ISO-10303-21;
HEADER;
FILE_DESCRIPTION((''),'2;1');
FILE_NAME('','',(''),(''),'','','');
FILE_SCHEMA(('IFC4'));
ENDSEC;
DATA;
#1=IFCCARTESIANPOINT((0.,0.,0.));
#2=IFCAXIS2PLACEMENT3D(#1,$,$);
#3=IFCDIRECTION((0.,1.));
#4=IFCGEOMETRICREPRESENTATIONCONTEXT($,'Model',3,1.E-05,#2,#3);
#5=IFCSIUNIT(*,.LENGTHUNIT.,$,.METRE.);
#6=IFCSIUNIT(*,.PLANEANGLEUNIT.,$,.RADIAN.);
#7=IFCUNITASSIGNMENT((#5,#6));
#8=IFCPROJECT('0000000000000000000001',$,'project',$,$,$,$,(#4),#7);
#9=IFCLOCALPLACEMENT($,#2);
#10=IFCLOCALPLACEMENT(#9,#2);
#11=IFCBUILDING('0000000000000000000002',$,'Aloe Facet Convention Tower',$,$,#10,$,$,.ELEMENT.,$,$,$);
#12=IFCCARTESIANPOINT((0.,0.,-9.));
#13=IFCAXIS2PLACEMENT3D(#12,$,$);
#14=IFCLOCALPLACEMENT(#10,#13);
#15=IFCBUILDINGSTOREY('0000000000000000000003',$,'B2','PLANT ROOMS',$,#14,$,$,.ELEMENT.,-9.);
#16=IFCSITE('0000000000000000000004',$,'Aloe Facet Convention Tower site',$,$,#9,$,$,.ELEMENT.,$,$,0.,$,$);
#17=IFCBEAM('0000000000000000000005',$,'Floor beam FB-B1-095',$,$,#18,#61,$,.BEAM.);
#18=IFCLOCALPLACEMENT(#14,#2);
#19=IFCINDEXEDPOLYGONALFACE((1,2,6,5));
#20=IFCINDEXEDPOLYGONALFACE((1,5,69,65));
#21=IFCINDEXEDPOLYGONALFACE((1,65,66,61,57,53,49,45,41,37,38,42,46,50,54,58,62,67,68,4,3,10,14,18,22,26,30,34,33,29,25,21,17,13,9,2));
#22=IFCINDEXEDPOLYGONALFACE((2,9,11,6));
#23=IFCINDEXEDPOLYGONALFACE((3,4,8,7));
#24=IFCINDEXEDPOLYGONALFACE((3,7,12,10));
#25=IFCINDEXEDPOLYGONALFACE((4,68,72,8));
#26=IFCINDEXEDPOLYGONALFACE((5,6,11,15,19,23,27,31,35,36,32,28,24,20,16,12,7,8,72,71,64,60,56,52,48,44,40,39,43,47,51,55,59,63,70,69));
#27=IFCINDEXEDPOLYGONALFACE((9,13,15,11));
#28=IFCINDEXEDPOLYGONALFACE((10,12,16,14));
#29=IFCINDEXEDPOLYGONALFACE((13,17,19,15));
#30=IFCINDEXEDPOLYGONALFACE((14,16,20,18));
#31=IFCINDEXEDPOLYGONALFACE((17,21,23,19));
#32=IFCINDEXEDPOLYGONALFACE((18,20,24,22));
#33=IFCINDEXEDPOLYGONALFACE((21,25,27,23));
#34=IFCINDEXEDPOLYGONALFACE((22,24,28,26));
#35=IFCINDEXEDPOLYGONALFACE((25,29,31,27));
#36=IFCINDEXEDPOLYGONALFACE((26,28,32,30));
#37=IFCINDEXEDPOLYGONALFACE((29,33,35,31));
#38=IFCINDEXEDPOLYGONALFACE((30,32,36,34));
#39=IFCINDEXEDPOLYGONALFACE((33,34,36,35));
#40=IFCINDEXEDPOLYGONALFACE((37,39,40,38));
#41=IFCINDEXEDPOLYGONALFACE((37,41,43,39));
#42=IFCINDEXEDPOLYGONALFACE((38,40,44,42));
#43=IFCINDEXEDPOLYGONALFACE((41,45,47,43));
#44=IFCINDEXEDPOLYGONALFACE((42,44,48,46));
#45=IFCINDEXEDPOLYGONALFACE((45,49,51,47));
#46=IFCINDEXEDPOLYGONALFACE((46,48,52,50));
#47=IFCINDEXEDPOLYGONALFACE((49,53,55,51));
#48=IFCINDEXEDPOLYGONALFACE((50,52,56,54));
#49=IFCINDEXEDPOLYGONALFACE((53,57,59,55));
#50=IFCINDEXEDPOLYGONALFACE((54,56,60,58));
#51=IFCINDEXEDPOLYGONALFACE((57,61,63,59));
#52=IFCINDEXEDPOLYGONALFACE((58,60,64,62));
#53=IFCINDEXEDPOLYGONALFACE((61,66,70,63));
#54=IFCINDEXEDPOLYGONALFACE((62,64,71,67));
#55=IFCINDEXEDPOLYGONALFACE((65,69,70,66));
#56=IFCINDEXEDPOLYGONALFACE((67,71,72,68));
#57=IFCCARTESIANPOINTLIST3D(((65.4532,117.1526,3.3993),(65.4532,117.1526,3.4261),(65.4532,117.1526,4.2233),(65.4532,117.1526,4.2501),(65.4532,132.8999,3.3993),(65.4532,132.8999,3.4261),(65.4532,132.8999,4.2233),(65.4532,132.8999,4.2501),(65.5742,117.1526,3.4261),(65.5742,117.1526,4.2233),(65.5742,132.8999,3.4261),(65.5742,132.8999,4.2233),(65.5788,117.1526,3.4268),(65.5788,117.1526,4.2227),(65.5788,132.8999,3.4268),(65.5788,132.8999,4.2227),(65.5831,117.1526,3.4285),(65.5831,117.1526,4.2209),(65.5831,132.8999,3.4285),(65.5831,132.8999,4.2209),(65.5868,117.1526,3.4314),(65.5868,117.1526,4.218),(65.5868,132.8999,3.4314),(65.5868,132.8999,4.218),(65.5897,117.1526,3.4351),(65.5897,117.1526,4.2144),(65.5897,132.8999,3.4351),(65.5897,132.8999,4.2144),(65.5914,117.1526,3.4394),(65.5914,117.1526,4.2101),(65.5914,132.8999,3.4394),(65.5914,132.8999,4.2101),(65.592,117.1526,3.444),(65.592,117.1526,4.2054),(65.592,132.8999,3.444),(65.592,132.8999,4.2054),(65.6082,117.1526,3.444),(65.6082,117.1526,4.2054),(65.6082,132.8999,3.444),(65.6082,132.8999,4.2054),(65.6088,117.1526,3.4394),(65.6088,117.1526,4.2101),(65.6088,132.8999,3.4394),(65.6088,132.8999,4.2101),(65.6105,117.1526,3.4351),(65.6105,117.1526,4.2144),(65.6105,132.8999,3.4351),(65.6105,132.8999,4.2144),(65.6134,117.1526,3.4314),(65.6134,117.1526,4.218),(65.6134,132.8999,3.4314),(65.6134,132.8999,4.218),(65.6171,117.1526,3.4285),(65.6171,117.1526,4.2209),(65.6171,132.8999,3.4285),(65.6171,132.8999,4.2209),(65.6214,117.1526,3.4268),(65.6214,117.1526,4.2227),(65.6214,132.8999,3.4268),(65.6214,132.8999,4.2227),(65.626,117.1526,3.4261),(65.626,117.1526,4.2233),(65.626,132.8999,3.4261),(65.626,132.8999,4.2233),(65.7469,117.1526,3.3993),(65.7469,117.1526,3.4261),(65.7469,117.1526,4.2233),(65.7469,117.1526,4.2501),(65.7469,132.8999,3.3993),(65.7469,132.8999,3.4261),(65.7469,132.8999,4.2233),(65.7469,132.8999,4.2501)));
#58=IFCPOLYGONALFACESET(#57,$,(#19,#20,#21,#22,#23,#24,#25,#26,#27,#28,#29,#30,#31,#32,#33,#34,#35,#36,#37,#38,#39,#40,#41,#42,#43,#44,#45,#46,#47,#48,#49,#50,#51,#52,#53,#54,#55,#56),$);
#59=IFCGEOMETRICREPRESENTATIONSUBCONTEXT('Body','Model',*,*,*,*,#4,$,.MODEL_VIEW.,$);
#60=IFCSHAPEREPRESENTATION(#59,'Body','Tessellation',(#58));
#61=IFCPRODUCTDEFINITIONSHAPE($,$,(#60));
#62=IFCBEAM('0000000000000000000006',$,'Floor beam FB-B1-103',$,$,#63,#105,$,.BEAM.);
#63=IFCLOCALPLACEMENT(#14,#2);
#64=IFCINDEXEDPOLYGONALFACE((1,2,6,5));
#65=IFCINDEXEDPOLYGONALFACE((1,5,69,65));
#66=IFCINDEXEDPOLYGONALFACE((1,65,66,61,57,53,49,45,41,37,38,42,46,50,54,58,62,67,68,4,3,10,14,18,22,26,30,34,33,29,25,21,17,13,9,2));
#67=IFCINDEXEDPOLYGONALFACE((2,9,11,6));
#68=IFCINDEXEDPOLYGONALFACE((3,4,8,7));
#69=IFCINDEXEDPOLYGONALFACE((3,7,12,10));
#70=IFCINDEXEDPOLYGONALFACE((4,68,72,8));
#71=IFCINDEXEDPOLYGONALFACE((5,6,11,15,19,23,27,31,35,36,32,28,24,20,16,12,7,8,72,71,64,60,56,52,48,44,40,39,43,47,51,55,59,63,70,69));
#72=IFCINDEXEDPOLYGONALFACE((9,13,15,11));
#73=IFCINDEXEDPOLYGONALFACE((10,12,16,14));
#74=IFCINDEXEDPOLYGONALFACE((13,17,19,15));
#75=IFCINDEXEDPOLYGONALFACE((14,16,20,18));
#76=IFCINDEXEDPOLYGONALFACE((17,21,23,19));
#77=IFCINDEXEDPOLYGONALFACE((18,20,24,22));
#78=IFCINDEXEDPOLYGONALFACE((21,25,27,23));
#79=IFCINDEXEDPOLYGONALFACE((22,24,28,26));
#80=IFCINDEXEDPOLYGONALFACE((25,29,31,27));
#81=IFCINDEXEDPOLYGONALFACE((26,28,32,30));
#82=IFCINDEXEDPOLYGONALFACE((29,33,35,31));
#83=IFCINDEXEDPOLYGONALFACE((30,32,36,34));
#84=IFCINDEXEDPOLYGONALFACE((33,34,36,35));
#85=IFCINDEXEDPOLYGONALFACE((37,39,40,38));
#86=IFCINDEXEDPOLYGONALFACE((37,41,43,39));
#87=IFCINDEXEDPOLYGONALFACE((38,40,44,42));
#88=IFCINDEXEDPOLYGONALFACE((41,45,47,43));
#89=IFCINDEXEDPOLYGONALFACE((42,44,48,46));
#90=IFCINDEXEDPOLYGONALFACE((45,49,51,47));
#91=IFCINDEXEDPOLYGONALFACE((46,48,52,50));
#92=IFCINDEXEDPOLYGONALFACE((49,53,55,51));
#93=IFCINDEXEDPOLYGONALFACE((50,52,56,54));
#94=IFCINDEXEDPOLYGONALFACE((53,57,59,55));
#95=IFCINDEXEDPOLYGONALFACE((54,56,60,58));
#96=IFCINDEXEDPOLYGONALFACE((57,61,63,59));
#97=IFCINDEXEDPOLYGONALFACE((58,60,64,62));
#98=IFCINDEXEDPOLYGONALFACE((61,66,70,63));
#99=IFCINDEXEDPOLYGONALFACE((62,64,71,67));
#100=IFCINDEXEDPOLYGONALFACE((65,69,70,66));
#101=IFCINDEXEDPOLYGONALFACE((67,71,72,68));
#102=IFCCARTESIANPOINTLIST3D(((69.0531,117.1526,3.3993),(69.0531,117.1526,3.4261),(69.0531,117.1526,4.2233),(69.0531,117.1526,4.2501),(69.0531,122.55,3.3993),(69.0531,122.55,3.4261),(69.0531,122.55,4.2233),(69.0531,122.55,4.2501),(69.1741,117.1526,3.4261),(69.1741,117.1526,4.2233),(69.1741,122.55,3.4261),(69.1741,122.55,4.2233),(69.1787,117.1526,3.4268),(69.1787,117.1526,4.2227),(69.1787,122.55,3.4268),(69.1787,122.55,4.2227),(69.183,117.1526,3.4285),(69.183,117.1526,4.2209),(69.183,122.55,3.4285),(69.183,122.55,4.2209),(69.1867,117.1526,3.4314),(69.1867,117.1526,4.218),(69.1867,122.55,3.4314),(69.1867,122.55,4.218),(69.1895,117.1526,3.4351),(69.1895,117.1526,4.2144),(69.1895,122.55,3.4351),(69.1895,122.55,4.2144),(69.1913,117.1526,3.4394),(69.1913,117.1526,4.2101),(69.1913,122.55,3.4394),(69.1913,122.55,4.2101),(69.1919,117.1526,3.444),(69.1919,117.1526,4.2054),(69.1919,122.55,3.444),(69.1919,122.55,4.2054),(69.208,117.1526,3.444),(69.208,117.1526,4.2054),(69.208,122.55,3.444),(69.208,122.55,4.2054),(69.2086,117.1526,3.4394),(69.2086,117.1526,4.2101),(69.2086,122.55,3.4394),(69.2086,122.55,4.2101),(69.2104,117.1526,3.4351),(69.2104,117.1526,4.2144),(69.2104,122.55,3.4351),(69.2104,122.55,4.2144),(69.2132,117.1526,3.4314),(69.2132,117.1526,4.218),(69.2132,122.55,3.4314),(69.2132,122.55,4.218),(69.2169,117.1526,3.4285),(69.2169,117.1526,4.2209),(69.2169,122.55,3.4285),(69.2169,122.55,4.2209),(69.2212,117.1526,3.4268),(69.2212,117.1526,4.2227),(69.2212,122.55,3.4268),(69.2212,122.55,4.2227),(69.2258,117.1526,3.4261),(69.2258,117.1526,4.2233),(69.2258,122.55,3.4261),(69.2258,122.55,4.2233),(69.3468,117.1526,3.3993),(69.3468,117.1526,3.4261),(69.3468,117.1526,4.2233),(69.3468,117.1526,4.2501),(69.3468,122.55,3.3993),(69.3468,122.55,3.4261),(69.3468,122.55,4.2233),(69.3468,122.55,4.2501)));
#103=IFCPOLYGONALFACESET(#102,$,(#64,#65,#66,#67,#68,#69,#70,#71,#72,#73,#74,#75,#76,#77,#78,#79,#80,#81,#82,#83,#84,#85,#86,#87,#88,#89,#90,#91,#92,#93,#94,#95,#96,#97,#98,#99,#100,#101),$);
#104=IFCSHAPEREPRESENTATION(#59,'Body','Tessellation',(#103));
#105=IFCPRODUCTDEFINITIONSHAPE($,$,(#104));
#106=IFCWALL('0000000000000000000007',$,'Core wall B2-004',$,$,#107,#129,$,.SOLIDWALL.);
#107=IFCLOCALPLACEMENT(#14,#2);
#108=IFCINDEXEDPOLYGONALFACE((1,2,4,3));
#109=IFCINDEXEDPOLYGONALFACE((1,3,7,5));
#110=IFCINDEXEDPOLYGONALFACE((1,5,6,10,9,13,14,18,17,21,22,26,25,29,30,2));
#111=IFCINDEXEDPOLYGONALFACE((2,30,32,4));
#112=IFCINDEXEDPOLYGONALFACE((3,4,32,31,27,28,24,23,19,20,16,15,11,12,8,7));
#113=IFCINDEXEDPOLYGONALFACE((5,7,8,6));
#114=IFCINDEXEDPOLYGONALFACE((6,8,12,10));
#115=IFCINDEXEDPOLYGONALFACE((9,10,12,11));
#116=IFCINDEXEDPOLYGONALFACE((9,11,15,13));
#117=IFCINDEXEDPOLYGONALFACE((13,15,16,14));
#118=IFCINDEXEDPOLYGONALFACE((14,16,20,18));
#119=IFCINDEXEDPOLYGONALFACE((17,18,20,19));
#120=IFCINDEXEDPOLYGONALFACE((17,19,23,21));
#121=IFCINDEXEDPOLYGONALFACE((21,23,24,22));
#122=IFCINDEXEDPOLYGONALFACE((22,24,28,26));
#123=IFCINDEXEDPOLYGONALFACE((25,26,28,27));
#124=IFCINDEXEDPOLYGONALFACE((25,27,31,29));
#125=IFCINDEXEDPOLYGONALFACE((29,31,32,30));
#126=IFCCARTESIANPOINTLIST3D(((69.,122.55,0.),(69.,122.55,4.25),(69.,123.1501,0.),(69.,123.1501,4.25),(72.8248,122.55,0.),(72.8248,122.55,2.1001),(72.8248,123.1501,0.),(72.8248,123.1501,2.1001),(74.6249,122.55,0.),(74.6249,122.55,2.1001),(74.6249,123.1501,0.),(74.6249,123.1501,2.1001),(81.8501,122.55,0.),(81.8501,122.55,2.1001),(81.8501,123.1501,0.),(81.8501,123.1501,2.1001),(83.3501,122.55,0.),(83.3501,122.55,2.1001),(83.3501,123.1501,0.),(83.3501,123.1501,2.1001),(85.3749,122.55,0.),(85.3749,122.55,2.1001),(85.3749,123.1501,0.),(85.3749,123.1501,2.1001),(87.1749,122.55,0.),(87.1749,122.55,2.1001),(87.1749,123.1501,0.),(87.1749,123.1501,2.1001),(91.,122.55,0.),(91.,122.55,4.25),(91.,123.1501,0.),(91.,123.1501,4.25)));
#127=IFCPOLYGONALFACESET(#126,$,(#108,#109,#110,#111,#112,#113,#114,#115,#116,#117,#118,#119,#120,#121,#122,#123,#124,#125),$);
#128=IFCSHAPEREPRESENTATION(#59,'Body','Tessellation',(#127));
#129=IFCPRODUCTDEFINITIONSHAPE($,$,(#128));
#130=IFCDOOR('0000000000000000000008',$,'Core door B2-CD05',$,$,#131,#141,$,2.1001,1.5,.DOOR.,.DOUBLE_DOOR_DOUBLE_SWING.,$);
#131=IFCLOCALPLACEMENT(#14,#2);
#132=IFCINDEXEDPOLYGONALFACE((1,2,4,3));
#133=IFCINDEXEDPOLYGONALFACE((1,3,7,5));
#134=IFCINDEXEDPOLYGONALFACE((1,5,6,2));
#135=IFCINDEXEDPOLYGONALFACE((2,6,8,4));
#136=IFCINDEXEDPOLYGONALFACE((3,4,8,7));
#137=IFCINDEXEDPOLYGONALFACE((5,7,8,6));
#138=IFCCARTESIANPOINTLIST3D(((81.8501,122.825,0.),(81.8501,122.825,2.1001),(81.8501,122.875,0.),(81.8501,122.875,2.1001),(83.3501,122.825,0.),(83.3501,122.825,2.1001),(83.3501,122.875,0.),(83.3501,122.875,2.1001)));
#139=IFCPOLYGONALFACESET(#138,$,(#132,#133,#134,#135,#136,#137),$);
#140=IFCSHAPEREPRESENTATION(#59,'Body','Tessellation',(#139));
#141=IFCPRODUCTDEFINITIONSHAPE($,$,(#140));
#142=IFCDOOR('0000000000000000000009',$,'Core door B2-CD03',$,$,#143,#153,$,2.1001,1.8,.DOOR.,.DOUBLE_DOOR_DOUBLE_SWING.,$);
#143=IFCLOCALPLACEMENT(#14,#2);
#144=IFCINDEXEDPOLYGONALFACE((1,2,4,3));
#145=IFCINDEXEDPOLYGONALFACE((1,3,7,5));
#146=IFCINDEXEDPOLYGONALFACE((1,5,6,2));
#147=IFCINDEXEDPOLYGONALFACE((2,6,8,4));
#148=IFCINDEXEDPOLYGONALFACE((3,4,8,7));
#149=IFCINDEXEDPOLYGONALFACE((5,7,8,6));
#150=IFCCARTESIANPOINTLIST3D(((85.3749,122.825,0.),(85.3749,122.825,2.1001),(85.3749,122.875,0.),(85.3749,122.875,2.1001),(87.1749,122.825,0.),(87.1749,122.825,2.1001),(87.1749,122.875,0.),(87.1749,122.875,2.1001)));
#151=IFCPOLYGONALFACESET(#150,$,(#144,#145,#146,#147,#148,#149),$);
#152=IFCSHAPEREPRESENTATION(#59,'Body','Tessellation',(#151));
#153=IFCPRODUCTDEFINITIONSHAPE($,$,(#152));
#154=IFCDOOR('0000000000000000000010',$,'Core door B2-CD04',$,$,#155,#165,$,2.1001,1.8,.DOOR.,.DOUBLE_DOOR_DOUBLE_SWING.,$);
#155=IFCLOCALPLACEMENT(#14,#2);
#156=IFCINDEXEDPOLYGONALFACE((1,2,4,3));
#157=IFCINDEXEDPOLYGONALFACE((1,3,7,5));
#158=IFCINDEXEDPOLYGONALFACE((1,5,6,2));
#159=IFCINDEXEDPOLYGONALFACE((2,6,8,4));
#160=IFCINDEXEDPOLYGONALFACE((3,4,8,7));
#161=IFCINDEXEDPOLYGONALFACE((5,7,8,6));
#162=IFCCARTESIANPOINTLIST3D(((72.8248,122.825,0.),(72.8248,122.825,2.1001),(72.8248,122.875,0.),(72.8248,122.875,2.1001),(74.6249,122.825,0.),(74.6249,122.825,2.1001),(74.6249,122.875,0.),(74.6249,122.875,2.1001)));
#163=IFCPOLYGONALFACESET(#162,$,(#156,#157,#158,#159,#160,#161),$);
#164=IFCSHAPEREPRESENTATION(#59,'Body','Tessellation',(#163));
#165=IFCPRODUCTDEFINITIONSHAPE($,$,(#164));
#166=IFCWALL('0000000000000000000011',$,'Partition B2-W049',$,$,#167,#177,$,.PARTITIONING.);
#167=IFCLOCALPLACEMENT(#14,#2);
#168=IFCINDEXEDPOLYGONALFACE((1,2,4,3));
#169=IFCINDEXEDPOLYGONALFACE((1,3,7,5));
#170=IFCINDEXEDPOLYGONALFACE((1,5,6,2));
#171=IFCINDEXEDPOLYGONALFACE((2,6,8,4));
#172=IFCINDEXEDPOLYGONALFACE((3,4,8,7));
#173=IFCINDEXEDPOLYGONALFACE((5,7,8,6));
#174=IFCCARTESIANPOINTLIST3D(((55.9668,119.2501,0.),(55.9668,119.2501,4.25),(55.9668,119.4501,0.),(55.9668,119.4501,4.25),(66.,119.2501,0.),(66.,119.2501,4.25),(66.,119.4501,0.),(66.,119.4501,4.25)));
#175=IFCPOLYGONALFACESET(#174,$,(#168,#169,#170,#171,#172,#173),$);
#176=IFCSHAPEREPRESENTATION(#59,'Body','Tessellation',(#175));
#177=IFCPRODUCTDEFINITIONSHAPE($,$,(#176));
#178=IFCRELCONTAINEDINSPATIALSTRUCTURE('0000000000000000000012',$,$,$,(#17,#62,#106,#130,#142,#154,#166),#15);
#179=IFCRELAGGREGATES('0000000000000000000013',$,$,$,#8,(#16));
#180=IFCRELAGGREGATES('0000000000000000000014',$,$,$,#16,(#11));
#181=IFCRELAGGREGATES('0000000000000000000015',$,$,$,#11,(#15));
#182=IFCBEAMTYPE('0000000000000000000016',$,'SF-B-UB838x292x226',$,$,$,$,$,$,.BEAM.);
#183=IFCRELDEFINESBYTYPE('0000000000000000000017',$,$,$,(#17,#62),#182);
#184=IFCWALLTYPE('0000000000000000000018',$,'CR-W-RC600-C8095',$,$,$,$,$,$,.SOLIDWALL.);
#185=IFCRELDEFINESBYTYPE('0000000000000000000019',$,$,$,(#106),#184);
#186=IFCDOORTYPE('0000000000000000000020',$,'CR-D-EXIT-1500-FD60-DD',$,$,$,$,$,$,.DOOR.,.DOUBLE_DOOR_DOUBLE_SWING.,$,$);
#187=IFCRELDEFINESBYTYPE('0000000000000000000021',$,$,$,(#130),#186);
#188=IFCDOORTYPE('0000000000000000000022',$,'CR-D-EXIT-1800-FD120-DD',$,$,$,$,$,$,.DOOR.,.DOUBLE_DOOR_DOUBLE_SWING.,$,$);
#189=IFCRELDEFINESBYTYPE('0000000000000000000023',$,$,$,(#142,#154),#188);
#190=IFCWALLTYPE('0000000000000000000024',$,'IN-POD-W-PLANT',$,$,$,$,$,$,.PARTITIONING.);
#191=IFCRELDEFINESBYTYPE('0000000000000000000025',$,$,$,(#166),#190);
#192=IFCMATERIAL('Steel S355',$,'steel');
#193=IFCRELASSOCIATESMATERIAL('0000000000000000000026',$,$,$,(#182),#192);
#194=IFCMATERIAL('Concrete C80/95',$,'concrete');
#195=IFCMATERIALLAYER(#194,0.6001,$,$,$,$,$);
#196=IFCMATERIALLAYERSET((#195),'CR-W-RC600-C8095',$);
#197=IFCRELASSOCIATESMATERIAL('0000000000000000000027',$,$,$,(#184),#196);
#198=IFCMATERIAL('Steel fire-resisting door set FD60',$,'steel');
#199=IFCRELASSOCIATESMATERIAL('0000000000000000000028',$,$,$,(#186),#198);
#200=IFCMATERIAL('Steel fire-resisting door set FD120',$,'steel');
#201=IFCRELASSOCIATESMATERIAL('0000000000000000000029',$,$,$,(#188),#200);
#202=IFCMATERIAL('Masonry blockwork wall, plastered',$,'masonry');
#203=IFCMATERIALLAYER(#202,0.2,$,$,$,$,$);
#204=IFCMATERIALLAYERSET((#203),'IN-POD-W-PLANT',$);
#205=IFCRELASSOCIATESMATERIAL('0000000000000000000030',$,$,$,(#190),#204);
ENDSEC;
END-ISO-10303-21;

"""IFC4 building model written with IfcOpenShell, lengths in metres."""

from ifc_helpers import new_model, si_unit, direction, frame, frame_2d, origin, origin_2d, place, context, subcontext, project, spatial, rectangle, i_section, extrude, material, layer, layer_set, material_profile, profile_set, type_object, element, fill, save


model = new_model("IFC4")

# Units and contexts
model_context = context("Model", 3, precision=1e-05, world=origin(), true_north=direction((0.0, 1.0)))
body_context = subcontext(model_context, "Body", "Model", "MODEL_VIEW")
ifc_project = project(units=[si_unit("LENGTHUNIT", "METRE"), si_unit("PLANEANGLEUNIT", "RADIAN")], contexts=[model_context])

# Site, building, storey
site_placement = place(None, origin())
site = spatial("IfcSite", under=ifc_project, at=site_placement, Name="Aloe Facet Convention Tower site", CompositionType="ELEMENT", RefElevation=0.0)
building_placement = place(site_placement, origin())
building = spatial("IfcBuilding", under=site, at=building_placement, Name="Aloe Facet Convention Tower", CompositionType="ELEMENT")
storey_placement = place(building_placement, frame((0.0, 0.0, -9.0)))
storey = spatial("IfcBuildingStorey", under=building, at=storey_placement, Name="B2", Description="PLANT ROOMS", CompositionType="ELEMENT", Elevation=-9.0)

# Beams
ifc_material_1 = material(Name="Steel S355", Category="steel")
ifc_material_profile_1 = material_profile(ifc_material_1, i_section(OverallWidth=0.2937, OverallDepth=0.8508, WebThickness=0.0161, FlangeThickness=0.0269, FilletRadius=0.0178, at=origin_2d()), Name="UB 838x292x226")
ifc_profile_set_1 = profile_set([ifc_material_profile_1], Name="Steel S355")
beam_type_1 = type_object("IfcBeamType", Name="SF-B-UB838x292x226", PredefinedType="BEAM", material=ifc_profile_set_1)
beam_1_placement = place(storey_placement, frame((65.6001, 117.1526, 3.8247), z_axis=(0.0, 1.0, 0.0), x_axis=(-1.0, 0.0, 0.0)))
element("IfcBeam", 1, at=beam_1_placement, inside=storey, type_object=beam_type_1, Name="Floor beam FB-B1-095", PredefinedType="BEAM", context=body_context, shape_type="SweptSolid", body=[
    extrude(i_section(OverallWidth=0.2937, OverallDepth=0.8508, WebThickness=0.0161, FlangeThickness=0.0269, FilletRadius=0.0178, at=origin_2d()), origin(), (0.0, 0.0, 1.0), 15.7473),
])
beam_2_placement = place(storey_placement, frame((69.2, 117.1526, 3.8247), z_axis=(0.0, 1.0, 0.0), x_axis=(-1.0, 0.0, 0.0)))
element("IfcBeam", 2, at=beam_2_placement, inside=storey, type_object=beam_type_1, Name="Floor beam FB-B1-103", PredefinedType="BEAM", context=body_context, shape_type="SweptSolid", body=[
    extrude(i_section(OverallWidth=0.2937, OverallDepth=0.8508, WebThickness=0.0161, FlangeThickness=0.0269, FilletRadius=0.0178, at=origin_2d()), origin(), (0.0, 0.0, 1.0), 5.3975),
])

# Wall, openings, doors
ifc_material_2 = material(Name="Concrete C80/95", Category="concrete")
ifc_layer_1 = layer(ifc_material_2, 0.6001)
ifc_layer_set_1 = layer_set([ifc_layer_1], Name="CR-W-RC600-C8095")
wall_type_1 = type_object("IfcWallType", Name="CR-W-RC600-C8095", PredefinedType="SOLIDWALL", material=ifc_layer_set_1)
wall_1_placement = place(storey_placement, frame((69.0, 122.8501, 0.0), z_axis=(0.0, 0.0, 1.0), x_axis=(1.0, 0.0, 0.0)))
wall_1 = element("IfcWall", 3, at=wall_1_placement, inside=storey, type_object=wall_type_1, Name="Core wall B2-004", PredefinedType="SOLIDWALL", context=body_context, shape_type="SweptSolid", body=[
    extrude(rectangle(XDim=22.0, YDim=0.6001, at=frame_2d((11.0, 0.0))), origin(), (0.0, 0.0, 1.0), 4.25),
])
opening_1_placement = place(wall_1_placement, frame((16.375, 0.0, 0.0)))
opening_1 = element("IfcOpeningElement", 4, at=opening_1_placement, cuts=wall_1, PredefinedType="OPENING", context=body_context, shape_type="SweptSolid", body=[
    extrude(rectangle(XDim=1.8, YDim=2.1001, at=frame_2d((0.8999, 1.05))), frame((0.0, 0.3101, 0.0), z_axis=(0.0, -1.0, 0.0), x_axis=(1.0, 0.0, 0.0)), (0.0, 0.0, 1.0), 0.6201),
])
opening_2_placement = place(wall_1_placement, frame((3.825, 0.0, 0.0)))
opening_2 = element("IfcOpeningElement", 5, at=opening_2_placement, cuts=wall_1, PredefinedType="OPENING", context=body_context, shape_type="SweptSolid", body=[
    extrude(rectangle(XDim=1.8, YDim=2.1001, at=frame_2d((0.8999, 1.05))), frame((0.0, 0.3101, 0.0), z_axis=(0.0, -1.0, 0.0), x_axis=(1.0, 0.0, 0.0)), (0.0, 0.0, 1.0), 0.6201),
])
opening_3_placement = place(wall_1_placement, frame((12.8501, 0.0, 0.0)))
opening_3 = element("IfcOpeningElement", 6, at=opening_3_placement, cuts=wall_1, PredefinedType="OPENING", context=body_context, shape_type="SweptSolid", body=[
    extrude(rectangle(XDim=1.5, YDim=2.1001, at=frame_2d((0.75, 1.05))), frame((0.0, 0.3101, 0.0), z_axis=(0.0, -1.0, 0.0), x_axis=(1.0, 0.0, 0.0)), (0.0, 0.0, 1.0), 0.6201),
])
ifc_material_3 = material(Name="Steel fire-resisting door set FD60", Category="steel")
door_type_1 = type_object("IfcDoorType", Name="CR-D-EXIT-1500-FD60-DD", OperationType="DOUBLE_DOOR_DOUBLE_SWING", PredefinedType="DOOR", material=ifc_material_3)
door_1_placement = place(opening_3_placement, origin())
door_1 = element("IfcDoor", 7, at=door_1_placement, inside=storey, type_object=door_type_1, Name="Core door B2-CD05", OperationType="DOUBLE_DOOR_DOUBLE_SWING", OverallHeight=2.1001, OverallWidth=1.5, PredefinedType="DOOR", context=body_context, shape_type="SweptSolid", body=[
    extrude(rectangle(XDim=1.5, YDim=2.1001, at=frame_2d((0.75, 1.05))), frame((0.0, 0.0249, 0.0), z_axis=(0.0, -1.0, 0.0), x_axis=(1.0, 0.0, 0.0)), (0.0, 0.0, 1.0), 0.05),
])
fill(opening_3, door_1)
ifc_material_4 = material(Name="Steel fire-resisting door set FD120", Category="steel")
door_type_2 = type_object("IfcDoorType", Name="CR-D-EXIT-1800-FD120-DD", OperationType="DOUBLE_DOOR_DOUBLE_SWING", PredefinedType="DOOR", material=ifc_material_4)
door_2_placement = place(opening_1_placement, origin())
door_2 = element("IfcDoor", 8, at=door_2_placement, inside=storey, type_object=door_type_2, Name="Core door B2-CD03", OperationType="DOUBLE_DOOR_DOUBLE_SWING", OverallHeight=2.1001, OverallWidth=1.8, PredefinedType="DOOR", context=body_context, shape_type="SweptSolid", body=[
    extrude(rectangle(XDim=1.8, YDim=2.1001, at=frame_2d((0.8999, 1.05))), frame((0.0, 0.0249, 0.0), z_axis=(0.0, -1.0, 0.0), x_axis=(1.0, 0.0, 0.0)), (0.0, 0.0, 1.0), 0.05),
])
fill(opening_1, door_2)
door_3_placement = place(opening_2_placement, origin())
door_3 = element("IfcDoor", 9, at=door_3_placement, inside=storey, type_object=door_type_2, Name="Core door B2-CD04", OperationType="DOUBLE_DOOR_DOUBLE_SWING", OverallHeight=2.1001, OverallWidth=1.8, PredefinedType="DOOR", context=body_context, shape_type="SweptSolid", body=[
    extrude(rectangle(XDim=1.8, YDim=2.1001, at=frame_2d((0.8999, 1.05))), frame((0.0, 0.0249, 0.0), z_axis=(0.0, -1.0, 0.0), x_axis=(1.0, 0.0, 0.0)), (0.0, 0.0, 1.0), 0.05),
])
fill(opening_2, door_3)

# Wall
ifc_material_5 = material(Name="Masonry blockwork wall, plastered", Category="masonry")
ifc_layer_2 = layer(ifc_material_5, 0.2)
ifc_layer_set_2 = layer_set([ifc_layer_2], Name="IN-POD-W-PLANT")
wall_type_2 = type_object("IfcWallType", Name="IN-POD-W-PLANT", PredefinedType="PARTITIONING", material=ifc_layer_set_2)
wall_2_placement = place(storey_placement, frame((55.9668, 119.3501, 0.0), z_axis=(0.0, 0.0, 1.0), x_axis=(1.0, 0.0, 0.0)))
element("IfcWall", 10, at=wall_2_placement, inside=storey, type_object=wall_type_2, Name="Partition B2-W049", PredefinedType="PARTITIONING", context=body_context, shape_type="SweptSolid", body=[
    extrude(rectangle(XDim=10.0332, YDim=0.2, at=frame_2d((5.0166, 0.0))), origin(), (0.0, 0.0, 1.0), 4.25),
])

save(model, "model.ifc")
